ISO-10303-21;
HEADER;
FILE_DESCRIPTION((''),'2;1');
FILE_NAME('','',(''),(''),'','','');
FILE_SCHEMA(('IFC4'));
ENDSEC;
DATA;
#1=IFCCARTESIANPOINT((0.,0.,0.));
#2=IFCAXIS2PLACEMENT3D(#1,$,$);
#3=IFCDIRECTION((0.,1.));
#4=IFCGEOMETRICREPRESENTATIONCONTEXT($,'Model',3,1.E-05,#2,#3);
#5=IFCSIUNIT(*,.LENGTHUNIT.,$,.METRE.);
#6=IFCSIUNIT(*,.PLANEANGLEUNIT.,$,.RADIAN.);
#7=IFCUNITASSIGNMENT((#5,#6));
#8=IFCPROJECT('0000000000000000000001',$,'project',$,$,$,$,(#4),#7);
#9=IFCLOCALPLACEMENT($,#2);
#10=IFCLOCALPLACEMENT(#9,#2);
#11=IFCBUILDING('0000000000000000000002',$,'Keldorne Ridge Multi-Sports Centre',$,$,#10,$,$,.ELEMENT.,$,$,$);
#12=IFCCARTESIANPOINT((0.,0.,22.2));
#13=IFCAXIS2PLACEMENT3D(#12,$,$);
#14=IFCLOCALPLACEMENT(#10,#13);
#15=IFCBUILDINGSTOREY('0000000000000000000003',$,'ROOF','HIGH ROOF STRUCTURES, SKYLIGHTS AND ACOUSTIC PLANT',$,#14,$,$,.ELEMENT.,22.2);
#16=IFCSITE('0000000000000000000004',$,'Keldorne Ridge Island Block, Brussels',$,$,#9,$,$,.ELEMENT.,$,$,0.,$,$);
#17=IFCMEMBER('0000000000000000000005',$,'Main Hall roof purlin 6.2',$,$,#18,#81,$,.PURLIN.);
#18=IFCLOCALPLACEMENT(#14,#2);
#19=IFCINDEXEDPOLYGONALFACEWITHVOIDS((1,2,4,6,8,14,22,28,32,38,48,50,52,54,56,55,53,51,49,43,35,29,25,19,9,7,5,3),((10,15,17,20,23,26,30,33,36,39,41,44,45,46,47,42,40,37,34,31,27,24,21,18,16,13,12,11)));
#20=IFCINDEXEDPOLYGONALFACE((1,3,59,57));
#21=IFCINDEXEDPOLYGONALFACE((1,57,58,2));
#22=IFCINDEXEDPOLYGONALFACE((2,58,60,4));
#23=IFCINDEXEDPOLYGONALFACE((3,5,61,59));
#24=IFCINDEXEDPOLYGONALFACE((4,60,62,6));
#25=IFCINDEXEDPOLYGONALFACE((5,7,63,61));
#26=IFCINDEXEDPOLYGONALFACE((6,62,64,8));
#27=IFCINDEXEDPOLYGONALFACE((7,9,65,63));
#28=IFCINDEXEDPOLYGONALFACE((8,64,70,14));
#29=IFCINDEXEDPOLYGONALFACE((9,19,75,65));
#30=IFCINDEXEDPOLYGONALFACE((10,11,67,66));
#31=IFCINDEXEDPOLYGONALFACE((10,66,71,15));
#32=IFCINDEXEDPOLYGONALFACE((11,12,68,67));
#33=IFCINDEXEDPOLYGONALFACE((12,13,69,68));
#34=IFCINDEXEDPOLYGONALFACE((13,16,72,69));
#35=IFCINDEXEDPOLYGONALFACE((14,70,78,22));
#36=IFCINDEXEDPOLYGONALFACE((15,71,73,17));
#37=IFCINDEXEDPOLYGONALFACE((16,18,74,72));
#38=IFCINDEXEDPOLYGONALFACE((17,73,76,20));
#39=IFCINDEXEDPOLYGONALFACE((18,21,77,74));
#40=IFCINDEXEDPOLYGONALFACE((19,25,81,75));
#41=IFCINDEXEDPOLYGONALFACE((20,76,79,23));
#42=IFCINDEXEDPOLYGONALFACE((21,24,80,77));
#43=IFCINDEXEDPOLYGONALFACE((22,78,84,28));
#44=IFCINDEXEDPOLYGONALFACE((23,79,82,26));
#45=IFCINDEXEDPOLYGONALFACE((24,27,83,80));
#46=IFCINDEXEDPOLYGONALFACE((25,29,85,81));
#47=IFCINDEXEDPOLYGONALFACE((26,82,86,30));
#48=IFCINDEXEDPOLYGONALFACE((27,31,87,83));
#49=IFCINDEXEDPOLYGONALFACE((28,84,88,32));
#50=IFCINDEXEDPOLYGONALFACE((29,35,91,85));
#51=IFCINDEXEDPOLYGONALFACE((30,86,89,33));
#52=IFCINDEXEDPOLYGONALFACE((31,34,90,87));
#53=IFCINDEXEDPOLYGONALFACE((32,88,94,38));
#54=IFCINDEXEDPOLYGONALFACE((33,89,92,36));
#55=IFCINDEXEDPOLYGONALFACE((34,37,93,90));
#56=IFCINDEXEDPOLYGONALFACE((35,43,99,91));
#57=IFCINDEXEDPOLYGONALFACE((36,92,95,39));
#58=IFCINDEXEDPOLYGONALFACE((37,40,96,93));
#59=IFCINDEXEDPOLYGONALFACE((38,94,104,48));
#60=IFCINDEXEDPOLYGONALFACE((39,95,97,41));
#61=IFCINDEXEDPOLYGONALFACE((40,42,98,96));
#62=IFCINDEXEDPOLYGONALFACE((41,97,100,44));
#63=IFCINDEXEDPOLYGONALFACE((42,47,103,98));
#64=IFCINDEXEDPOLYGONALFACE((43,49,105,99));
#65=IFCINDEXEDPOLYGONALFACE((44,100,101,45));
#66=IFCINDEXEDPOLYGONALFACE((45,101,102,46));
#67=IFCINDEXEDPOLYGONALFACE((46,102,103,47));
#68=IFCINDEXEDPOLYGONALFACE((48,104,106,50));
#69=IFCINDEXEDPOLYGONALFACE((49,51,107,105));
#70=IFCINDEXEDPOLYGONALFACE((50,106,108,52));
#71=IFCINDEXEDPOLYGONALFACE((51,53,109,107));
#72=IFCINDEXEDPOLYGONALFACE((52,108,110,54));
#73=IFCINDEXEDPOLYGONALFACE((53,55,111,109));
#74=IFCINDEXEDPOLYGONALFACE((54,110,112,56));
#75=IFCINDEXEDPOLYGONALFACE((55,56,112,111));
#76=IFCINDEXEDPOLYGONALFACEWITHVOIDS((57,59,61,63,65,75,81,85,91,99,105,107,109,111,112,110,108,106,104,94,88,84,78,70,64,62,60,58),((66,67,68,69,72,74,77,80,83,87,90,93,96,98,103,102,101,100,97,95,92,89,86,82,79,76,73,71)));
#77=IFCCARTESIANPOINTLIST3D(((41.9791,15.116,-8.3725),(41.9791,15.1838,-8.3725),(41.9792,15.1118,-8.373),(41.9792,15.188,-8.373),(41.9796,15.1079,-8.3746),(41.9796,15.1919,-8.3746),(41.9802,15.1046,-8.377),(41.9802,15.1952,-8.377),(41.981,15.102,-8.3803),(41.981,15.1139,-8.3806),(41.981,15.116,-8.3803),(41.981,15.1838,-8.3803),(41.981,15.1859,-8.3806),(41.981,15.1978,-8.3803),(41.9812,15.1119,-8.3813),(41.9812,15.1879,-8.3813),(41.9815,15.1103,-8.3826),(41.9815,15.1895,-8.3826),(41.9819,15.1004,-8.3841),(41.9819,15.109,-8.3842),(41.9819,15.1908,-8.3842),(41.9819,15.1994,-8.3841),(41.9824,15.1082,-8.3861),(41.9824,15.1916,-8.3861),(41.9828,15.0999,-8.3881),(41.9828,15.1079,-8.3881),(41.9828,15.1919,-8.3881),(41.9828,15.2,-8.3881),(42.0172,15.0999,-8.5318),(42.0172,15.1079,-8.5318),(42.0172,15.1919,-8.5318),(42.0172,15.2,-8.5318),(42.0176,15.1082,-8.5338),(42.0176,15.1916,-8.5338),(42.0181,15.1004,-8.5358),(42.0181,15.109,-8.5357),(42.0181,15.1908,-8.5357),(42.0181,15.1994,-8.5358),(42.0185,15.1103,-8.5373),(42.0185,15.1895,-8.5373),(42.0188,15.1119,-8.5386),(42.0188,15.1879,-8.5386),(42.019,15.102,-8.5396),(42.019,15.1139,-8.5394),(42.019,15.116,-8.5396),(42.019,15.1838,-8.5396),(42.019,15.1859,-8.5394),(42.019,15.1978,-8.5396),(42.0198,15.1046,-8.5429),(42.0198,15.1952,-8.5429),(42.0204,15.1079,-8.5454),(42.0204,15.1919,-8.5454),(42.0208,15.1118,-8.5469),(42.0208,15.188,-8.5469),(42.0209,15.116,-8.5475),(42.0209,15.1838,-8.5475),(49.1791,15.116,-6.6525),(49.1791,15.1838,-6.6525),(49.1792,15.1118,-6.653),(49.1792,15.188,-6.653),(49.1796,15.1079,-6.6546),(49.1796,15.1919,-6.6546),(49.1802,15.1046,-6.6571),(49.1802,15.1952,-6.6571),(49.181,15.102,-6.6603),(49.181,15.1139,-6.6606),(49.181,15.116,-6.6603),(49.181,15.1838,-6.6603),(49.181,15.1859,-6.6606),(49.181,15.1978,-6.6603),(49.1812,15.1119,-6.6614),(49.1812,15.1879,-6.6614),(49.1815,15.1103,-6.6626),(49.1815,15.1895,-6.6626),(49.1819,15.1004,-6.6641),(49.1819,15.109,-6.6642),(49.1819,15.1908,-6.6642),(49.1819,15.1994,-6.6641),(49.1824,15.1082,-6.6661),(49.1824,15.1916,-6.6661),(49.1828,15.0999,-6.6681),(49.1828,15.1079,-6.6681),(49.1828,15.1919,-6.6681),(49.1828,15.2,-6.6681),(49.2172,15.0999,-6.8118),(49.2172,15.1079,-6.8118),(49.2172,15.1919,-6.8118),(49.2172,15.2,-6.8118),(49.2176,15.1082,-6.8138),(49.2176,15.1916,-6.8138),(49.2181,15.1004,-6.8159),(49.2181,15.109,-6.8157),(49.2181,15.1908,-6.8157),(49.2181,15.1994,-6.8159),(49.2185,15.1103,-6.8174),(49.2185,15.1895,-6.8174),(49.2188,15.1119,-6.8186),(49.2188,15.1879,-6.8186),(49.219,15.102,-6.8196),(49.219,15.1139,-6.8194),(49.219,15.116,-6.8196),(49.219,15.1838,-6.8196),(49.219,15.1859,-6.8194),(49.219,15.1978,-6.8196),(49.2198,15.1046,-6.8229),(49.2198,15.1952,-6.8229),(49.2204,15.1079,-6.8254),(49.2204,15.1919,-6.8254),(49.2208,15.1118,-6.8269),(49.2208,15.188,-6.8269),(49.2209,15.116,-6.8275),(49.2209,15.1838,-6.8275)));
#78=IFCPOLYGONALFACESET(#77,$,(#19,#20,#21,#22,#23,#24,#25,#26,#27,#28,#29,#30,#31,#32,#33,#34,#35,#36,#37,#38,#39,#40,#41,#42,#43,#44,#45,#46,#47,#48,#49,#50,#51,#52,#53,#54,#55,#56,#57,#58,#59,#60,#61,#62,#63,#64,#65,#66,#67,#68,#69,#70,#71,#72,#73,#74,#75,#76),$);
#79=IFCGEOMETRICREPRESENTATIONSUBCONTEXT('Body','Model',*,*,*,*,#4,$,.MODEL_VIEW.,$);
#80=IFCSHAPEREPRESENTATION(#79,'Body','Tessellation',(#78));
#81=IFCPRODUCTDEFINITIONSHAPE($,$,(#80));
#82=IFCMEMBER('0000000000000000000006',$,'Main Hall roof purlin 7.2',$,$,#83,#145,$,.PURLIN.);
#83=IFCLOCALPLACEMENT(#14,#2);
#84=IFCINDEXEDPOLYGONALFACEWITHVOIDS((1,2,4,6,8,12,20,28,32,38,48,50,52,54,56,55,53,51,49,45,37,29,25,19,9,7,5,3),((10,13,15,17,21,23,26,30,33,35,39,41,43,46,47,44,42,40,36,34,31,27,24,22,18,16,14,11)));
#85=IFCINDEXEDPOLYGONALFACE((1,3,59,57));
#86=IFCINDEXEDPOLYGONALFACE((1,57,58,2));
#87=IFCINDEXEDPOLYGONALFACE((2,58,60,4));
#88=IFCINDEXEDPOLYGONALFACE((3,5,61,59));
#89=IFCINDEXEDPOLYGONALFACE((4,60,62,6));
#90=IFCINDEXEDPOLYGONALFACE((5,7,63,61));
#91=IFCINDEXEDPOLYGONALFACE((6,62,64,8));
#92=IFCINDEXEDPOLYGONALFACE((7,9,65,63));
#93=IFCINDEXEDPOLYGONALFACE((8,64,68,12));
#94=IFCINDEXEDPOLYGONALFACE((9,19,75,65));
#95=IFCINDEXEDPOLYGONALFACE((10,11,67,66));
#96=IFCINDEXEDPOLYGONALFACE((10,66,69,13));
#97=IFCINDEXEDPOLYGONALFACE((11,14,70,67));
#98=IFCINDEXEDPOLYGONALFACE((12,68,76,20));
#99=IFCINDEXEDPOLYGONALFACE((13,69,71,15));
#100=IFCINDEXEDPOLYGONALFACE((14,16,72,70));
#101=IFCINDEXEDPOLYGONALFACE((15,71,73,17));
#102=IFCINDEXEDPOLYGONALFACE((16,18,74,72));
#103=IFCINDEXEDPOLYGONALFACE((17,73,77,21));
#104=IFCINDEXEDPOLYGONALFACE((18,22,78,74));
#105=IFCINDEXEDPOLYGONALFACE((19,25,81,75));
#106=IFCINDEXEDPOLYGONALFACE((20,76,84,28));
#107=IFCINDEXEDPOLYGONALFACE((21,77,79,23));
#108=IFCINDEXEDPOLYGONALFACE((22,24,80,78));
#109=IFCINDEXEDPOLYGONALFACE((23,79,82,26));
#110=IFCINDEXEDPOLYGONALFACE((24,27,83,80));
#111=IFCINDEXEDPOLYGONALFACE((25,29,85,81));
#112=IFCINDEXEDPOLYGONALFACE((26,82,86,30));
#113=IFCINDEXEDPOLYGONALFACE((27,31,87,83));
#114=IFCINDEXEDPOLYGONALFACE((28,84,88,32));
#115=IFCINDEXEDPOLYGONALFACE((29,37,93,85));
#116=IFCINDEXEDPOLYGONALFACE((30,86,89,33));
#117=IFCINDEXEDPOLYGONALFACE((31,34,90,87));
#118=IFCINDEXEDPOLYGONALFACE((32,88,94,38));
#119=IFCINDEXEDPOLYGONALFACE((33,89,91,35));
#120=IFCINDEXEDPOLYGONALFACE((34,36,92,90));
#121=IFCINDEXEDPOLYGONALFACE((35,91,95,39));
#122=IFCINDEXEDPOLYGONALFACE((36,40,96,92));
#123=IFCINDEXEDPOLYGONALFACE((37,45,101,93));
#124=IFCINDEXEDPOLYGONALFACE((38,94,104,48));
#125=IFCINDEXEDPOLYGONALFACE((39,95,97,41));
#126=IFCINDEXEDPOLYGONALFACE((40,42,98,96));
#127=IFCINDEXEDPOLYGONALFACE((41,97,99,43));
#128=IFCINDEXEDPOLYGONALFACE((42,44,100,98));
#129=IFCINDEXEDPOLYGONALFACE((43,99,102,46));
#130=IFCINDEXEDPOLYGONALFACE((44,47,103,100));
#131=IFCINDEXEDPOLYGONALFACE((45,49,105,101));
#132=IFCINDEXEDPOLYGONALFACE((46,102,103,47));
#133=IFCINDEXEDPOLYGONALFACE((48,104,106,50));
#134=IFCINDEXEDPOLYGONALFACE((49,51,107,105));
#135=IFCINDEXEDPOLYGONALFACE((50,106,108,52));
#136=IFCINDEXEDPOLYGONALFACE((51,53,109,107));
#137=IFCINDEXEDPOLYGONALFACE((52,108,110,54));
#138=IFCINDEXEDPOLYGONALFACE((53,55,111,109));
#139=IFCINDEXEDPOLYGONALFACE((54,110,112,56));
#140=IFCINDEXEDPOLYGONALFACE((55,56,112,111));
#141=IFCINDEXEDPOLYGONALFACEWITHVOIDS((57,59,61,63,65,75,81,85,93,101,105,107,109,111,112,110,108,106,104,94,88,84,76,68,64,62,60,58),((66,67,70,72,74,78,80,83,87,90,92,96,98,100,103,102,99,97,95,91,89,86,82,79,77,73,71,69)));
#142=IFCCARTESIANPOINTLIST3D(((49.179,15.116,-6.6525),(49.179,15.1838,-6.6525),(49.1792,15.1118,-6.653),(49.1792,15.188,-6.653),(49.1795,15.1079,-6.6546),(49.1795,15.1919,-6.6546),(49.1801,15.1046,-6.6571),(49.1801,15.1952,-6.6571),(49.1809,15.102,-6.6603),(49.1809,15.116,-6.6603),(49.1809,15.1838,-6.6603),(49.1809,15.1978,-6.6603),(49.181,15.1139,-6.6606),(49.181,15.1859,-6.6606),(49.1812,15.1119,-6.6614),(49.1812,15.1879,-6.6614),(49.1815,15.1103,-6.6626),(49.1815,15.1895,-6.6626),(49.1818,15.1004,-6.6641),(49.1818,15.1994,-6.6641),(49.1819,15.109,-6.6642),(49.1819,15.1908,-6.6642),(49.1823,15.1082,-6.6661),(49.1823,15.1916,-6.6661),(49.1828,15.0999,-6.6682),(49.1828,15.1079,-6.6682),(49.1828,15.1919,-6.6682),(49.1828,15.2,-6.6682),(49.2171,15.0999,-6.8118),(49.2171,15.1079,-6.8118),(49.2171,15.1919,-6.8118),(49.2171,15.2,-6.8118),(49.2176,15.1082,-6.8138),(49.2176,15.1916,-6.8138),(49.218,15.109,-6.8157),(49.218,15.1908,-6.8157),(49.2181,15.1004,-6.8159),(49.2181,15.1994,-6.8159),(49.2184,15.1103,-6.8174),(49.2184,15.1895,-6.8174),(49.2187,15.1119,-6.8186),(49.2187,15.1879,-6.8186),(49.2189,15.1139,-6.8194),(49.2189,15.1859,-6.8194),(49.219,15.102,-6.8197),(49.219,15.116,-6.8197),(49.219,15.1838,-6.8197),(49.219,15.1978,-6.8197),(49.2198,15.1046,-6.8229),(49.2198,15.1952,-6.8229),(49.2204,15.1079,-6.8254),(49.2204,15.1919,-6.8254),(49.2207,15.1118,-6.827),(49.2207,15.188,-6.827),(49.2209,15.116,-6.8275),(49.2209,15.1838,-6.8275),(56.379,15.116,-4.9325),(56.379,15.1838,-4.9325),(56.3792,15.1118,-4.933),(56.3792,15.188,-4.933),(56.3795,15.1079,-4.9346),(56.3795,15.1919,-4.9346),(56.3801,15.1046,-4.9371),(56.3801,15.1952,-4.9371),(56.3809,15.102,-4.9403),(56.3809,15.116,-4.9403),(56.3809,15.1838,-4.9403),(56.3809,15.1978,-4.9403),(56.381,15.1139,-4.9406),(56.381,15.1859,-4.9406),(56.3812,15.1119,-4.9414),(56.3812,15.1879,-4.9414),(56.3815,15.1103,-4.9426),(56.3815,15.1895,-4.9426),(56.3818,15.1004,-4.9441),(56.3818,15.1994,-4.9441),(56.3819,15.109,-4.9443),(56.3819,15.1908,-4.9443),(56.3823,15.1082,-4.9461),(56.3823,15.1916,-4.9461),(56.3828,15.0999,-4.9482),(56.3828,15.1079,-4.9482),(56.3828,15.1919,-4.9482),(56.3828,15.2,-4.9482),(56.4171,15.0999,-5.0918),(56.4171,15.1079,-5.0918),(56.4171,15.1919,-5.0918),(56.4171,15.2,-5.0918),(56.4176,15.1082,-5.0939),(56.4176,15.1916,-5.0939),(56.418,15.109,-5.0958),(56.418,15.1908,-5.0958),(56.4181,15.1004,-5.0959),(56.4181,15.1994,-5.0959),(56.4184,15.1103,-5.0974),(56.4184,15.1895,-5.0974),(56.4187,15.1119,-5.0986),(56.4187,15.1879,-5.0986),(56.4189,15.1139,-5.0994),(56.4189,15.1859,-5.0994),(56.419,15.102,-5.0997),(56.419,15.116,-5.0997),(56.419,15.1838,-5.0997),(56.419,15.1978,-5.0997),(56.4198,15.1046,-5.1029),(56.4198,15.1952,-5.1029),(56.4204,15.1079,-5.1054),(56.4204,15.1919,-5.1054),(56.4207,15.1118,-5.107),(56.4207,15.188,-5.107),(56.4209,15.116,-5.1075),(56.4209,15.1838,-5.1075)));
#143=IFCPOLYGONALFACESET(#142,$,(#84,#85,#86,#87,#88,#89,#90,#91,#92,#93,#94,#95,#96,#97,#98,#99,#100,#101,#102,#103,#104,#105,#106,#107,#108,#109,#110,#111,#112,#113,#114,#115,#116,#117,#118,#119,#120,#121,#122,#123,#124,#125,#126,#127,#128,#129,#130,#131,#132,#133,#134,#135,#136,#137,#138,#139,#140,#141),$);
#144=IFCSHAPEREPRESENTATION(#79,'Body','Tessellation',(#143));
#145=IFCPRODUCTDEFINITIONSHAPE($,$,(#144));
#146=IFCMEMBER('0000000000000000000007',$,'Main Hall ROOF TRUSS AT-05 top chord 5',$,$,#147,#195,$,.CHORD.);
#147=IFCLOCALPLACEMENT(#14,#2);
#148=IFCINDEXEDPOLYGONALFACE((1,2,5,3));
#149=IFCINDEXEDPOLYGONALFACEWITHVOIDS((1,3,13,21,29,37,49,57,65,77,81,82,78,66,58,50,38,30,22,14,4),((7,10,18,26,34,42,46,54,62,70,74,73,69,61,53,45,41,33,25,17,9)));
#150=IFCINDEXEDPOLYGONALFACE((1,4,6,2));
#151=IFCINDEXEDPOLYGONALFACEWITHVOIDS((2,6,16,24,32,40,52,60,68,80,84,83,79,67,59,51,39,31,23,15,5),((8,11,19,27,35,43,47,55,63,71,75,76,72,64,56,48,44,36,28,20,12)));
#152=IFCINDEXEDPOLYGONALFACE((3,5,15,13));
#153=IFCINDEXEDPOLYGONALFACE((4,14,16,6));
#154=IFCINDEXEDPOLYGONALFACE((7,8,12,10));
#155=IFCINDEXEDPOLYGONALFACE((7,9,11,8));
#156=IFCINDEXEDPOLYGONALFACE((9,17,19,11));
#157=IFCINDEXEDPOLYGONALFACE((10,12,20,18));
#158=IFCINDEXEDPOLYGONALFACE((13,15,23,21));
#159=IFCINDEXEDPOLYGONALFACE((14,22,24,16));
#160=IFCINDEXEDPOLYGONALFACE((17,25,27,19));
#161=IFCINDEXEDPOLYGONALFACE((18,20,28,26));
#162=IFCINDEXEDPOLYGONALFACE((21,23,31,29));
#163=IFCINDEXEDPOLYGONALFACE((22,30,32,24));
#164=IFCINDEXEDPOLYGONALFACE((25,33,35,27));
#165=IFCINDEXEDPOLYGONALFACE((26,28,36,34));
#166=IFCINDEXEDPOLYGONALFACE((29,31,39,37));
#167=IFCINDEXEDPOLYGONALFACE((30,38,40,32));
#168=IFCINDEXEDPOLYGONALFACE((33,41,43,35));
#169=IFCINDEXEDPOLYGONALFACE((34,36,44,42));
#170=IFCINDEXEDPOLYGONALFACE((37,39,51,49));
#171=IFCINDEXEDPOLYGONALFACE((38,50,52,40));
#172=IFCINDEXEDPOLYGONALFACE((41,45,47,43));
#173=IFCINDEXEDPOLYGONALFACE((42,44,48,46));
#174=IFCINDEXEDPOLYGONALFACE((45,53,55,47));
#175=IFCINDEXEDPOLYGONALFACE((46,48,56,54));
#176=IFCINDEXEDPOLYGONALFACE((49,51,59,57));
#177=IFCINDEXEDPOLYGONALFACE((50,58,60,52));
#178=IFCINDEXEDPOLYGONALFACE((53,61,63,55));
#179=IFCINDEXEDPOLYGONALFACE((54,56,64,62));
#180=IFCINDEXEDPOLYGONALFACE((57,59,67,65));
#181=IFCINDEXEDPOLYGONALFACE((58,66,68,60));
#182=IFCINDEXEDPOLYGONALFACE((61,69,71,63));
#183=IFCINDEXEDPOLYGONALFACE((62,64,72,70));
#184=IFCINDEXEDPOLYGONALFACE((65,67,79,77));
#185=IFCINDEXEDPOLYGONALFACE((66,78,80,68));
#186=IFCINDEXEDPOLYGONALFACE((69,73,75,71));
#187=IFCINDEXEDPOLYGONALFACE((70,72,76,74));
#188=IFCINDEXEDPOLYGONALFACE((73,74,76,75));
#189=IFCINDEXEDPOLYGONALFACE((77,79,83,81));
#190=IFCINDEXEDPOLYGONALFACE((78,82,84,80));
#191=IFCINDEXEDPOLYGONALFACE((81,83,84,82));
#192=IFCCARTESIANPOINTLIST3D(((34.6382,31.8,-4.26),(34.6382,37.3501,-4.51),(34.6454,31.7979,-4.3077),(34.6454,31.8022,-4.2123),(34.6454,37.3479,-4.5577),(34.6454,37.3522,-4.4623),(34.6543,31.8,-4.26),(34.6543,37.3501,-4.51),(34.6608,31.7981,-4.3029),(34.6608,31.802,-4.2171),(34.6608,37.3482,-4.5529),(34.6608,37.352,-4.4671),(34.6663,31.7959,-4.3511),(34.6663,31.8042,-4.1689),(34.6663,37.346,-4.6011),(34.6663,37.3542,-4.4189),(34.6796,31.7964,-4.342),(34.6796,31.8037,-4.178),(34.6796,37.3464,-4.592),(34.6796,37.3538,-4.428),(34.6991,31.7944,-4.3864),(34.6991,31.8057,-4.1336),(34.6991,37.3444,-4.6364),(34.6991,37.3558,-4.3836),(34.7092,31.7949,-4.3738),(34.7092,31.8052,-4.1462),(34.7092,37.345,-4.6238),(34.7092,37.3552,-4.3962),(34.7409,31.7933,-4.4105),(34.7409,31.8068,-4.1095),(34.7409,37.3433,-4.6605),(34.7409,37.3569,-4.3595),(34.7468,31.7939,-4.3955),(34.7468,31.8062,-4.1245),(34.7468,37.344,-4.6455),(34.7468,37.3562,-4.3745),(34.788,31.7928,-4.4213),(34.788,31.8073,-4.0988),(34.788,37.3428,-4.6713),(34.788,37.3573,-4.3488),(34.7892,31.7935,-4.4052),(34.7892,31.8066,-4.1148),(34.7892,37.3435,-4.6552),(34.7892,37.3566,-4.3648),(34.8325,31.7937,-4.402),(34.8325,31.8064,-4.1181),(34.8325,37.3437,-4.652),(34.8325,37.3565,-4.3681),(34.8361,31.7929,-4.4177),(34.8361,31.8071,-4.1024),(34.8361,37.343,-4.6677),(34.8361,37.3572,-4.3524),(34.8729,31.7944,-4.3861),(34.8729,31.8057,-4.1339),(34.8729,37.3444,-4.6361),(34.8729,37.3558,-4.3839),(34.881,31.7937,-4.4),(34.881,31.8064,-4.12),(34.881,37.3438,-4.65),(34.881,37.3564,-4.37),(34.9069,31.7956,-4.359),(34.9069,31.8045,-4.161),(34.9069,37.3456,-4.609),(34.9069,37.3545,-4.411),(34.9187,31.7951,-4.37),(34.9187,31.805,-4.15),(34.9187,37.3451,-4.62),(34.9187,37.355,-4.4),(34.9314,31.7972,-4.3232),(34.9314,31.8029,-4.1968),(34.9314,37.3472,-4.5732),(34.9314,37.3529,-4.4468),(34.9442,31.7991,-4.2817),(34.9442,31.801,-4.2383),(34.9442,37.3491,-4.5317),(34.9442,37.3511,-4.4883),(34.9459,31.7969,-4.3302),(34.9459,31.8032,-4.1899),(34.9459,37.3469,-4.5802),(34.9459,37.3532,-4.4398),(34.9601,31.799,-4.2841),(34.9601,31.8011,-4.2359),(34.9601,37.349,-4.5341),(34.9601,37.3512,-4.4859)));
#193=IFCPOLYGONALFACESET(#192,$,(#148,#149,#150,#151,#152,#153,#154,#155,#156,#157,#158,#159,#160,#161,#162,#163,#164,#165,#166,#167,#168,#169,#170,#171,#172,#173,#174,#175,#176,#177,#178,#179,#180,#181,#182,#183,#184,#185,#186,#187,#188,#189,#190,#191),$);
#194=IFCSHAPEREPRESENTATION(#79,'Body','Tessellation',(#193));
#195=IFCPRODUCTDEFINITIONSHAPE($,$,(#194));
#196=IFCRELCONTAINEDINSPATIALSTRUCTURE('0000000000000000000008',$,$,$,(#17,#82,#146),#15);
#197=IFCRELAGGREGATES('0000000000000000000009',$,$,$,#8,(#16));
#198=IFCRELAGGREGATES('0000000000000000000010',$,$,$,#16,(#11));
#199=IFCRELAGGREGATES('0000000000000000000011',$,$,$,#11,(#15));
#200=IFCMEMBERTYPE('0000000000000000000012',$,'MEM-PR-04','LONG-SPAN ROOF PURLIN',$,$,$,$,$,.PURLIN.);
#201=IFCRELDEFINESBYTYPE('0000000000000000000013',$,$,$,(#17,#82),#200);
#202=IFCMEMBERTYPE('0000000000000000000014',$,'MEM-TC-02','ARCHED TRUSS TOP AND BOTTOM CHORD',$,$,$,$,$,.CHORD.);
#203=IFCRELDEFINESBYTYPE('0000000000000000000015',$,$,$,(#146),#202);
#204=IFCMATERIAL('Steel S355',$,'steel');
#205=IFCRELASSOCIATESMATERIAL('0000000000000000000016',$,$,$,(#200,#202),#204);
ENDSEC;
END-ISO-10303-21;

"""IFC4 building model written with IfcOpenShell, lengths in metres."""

from ifc_helpers import new_model, si_unit, direction, frame, origin, origin_2d, place, context, subcontext, project, spatial, hollow_rectangle, hollow_circle, extrude, material, material_profile, profile_set, type_object, element, save


model = new_model("IFC4")

# Units and contexts
model_context = context("Model", 3, precision=1e-05, world=origin(), true_north=direction((0.0, 1.0)))
body_context = subcontext(model_context, "Body", "Model", "MODEL_VIEW")
ifc_project = project(units=[si_unit("LENGTHUNIT", "METRE"), si_unit("PLANEANGLEUNIT", "RADIAN")], contexts=[model_context])

# Site, building, storey
site_placement = place(None, origin())
site = spatial("IfcSite", under=ifc_project, at=site_placement, Name="Keldorne Ridge Island Block, Brussels", CompositionType="ELEMENT", RefElevation=0.0)
building_placement = place(site_placement, origin())
building = spatial("IfcBuilding", under=site, at=building_placement, Name="Keldorne Ridge Multi-Sports Centre", CompositionType="ELEMENT")
storey_placement = place(building_placement, frame((0.0, 0.0, 22.2)))
storey = spatial("IfcBuildingStorey", under=building, at=storey_placement, Name="ROOF", Description="HIGH ROOF STRUCTURES, SKYLIGHTS AND ACOUSTIC PLANT", CompositionType="ELEMENT", Elevation=22.2)

# Members
ifc_material = material(Name="Steel S355", Category="steel")
ifc_material_profile_1 = material_profile(ifc_material, hollow_rectangle(XDim=0.1001, YDim=0.1799, WallThickness=0.0081, InnerFilletRadius=0.0081, OuterFilletRadius=0.0161, at=origin_2d()), Name="RHS 180x100x8")
ifc_profile_set_1 = profile_set([ifc_material_profile_1], Name="Steel S355")
member_type_1 = type_object("IfcMemberType", Name="MEM-PR-04", Description="LONG-SPAN ROOF PURLIN", PredefinedType="PURLIN", material=ifc_profile_set_1)
for number, where, z_axis, x_axis, name in (
    (1, (42.0, 15.1499, -8.46), (0.972633, 0.0, 0.232349), (0.0, 1.0, 0.0), "Main Hall roof purlin 6.2"),
    (2, (49.2, 15.1499, -6.74), (0.972633, 0.0, 0.232349), (0.0, 1.0, 0.0), "Main Hall roof purlin 7.2"),
):
    element("IfcMember", number, at=place(storey_placement, frame(where, z_axis=z_axis, x_axis=x_axis)), inside=storey, type_object=member_type_1, Name=name, PredefinedType="PURLIN", context=body_context, shape_type="SweptSolid", body=[
        extrude(hollow_rectangle(XDim=0.1001, YDim=0.1799, WallThickness=0.0081, InnerFilletRadius=0.0081, OuterFilletRadius=0.0161, at=origin_2d()), origin(), (0.0, 0.0, 1.0), 7.4026),
    ])
ifc_material_profile_2 = material_profile(ifc_material, hollow_circle(Radius=0.1619, WallThickness=0.0161, at=origin_2d()), Name="CHS 323.9x16")
ifc_profile_set_2 = profile_set([ifc_material_profile_2], Name="Steel S355")
member_type_2 = type_object("IfcMemberType", Name="MEM-TC-02", Description="ARCHED TRUSS TOP AND BOTTOM CHORD", PredefinedType="CHORD", material=ifc_profile_set_2)
member_1_placement = place(storey_placement, frame((34.8, 31.8, -4.26), z_axis=(0.0, 0.998987, -0.044999), x_axis=(-1.0, 0.0, 0.0)))
element("IfcMember", 3, at=member_1_placement, inside=storey, type_object=member_type_2, Name="Main Hall ROOF TRUSS AT-05 top chord 5", PredefinedType="CHORD", context=body_context, shape_type="SweptSolid", body=[
    extrude(hollow_circle(Radius=0.1619, WallThickness=0.0161, at=origin_2d()), origin(), (0.0, 0.0, 1.0), 5.5557),
])

save(model, "model.ifc")
